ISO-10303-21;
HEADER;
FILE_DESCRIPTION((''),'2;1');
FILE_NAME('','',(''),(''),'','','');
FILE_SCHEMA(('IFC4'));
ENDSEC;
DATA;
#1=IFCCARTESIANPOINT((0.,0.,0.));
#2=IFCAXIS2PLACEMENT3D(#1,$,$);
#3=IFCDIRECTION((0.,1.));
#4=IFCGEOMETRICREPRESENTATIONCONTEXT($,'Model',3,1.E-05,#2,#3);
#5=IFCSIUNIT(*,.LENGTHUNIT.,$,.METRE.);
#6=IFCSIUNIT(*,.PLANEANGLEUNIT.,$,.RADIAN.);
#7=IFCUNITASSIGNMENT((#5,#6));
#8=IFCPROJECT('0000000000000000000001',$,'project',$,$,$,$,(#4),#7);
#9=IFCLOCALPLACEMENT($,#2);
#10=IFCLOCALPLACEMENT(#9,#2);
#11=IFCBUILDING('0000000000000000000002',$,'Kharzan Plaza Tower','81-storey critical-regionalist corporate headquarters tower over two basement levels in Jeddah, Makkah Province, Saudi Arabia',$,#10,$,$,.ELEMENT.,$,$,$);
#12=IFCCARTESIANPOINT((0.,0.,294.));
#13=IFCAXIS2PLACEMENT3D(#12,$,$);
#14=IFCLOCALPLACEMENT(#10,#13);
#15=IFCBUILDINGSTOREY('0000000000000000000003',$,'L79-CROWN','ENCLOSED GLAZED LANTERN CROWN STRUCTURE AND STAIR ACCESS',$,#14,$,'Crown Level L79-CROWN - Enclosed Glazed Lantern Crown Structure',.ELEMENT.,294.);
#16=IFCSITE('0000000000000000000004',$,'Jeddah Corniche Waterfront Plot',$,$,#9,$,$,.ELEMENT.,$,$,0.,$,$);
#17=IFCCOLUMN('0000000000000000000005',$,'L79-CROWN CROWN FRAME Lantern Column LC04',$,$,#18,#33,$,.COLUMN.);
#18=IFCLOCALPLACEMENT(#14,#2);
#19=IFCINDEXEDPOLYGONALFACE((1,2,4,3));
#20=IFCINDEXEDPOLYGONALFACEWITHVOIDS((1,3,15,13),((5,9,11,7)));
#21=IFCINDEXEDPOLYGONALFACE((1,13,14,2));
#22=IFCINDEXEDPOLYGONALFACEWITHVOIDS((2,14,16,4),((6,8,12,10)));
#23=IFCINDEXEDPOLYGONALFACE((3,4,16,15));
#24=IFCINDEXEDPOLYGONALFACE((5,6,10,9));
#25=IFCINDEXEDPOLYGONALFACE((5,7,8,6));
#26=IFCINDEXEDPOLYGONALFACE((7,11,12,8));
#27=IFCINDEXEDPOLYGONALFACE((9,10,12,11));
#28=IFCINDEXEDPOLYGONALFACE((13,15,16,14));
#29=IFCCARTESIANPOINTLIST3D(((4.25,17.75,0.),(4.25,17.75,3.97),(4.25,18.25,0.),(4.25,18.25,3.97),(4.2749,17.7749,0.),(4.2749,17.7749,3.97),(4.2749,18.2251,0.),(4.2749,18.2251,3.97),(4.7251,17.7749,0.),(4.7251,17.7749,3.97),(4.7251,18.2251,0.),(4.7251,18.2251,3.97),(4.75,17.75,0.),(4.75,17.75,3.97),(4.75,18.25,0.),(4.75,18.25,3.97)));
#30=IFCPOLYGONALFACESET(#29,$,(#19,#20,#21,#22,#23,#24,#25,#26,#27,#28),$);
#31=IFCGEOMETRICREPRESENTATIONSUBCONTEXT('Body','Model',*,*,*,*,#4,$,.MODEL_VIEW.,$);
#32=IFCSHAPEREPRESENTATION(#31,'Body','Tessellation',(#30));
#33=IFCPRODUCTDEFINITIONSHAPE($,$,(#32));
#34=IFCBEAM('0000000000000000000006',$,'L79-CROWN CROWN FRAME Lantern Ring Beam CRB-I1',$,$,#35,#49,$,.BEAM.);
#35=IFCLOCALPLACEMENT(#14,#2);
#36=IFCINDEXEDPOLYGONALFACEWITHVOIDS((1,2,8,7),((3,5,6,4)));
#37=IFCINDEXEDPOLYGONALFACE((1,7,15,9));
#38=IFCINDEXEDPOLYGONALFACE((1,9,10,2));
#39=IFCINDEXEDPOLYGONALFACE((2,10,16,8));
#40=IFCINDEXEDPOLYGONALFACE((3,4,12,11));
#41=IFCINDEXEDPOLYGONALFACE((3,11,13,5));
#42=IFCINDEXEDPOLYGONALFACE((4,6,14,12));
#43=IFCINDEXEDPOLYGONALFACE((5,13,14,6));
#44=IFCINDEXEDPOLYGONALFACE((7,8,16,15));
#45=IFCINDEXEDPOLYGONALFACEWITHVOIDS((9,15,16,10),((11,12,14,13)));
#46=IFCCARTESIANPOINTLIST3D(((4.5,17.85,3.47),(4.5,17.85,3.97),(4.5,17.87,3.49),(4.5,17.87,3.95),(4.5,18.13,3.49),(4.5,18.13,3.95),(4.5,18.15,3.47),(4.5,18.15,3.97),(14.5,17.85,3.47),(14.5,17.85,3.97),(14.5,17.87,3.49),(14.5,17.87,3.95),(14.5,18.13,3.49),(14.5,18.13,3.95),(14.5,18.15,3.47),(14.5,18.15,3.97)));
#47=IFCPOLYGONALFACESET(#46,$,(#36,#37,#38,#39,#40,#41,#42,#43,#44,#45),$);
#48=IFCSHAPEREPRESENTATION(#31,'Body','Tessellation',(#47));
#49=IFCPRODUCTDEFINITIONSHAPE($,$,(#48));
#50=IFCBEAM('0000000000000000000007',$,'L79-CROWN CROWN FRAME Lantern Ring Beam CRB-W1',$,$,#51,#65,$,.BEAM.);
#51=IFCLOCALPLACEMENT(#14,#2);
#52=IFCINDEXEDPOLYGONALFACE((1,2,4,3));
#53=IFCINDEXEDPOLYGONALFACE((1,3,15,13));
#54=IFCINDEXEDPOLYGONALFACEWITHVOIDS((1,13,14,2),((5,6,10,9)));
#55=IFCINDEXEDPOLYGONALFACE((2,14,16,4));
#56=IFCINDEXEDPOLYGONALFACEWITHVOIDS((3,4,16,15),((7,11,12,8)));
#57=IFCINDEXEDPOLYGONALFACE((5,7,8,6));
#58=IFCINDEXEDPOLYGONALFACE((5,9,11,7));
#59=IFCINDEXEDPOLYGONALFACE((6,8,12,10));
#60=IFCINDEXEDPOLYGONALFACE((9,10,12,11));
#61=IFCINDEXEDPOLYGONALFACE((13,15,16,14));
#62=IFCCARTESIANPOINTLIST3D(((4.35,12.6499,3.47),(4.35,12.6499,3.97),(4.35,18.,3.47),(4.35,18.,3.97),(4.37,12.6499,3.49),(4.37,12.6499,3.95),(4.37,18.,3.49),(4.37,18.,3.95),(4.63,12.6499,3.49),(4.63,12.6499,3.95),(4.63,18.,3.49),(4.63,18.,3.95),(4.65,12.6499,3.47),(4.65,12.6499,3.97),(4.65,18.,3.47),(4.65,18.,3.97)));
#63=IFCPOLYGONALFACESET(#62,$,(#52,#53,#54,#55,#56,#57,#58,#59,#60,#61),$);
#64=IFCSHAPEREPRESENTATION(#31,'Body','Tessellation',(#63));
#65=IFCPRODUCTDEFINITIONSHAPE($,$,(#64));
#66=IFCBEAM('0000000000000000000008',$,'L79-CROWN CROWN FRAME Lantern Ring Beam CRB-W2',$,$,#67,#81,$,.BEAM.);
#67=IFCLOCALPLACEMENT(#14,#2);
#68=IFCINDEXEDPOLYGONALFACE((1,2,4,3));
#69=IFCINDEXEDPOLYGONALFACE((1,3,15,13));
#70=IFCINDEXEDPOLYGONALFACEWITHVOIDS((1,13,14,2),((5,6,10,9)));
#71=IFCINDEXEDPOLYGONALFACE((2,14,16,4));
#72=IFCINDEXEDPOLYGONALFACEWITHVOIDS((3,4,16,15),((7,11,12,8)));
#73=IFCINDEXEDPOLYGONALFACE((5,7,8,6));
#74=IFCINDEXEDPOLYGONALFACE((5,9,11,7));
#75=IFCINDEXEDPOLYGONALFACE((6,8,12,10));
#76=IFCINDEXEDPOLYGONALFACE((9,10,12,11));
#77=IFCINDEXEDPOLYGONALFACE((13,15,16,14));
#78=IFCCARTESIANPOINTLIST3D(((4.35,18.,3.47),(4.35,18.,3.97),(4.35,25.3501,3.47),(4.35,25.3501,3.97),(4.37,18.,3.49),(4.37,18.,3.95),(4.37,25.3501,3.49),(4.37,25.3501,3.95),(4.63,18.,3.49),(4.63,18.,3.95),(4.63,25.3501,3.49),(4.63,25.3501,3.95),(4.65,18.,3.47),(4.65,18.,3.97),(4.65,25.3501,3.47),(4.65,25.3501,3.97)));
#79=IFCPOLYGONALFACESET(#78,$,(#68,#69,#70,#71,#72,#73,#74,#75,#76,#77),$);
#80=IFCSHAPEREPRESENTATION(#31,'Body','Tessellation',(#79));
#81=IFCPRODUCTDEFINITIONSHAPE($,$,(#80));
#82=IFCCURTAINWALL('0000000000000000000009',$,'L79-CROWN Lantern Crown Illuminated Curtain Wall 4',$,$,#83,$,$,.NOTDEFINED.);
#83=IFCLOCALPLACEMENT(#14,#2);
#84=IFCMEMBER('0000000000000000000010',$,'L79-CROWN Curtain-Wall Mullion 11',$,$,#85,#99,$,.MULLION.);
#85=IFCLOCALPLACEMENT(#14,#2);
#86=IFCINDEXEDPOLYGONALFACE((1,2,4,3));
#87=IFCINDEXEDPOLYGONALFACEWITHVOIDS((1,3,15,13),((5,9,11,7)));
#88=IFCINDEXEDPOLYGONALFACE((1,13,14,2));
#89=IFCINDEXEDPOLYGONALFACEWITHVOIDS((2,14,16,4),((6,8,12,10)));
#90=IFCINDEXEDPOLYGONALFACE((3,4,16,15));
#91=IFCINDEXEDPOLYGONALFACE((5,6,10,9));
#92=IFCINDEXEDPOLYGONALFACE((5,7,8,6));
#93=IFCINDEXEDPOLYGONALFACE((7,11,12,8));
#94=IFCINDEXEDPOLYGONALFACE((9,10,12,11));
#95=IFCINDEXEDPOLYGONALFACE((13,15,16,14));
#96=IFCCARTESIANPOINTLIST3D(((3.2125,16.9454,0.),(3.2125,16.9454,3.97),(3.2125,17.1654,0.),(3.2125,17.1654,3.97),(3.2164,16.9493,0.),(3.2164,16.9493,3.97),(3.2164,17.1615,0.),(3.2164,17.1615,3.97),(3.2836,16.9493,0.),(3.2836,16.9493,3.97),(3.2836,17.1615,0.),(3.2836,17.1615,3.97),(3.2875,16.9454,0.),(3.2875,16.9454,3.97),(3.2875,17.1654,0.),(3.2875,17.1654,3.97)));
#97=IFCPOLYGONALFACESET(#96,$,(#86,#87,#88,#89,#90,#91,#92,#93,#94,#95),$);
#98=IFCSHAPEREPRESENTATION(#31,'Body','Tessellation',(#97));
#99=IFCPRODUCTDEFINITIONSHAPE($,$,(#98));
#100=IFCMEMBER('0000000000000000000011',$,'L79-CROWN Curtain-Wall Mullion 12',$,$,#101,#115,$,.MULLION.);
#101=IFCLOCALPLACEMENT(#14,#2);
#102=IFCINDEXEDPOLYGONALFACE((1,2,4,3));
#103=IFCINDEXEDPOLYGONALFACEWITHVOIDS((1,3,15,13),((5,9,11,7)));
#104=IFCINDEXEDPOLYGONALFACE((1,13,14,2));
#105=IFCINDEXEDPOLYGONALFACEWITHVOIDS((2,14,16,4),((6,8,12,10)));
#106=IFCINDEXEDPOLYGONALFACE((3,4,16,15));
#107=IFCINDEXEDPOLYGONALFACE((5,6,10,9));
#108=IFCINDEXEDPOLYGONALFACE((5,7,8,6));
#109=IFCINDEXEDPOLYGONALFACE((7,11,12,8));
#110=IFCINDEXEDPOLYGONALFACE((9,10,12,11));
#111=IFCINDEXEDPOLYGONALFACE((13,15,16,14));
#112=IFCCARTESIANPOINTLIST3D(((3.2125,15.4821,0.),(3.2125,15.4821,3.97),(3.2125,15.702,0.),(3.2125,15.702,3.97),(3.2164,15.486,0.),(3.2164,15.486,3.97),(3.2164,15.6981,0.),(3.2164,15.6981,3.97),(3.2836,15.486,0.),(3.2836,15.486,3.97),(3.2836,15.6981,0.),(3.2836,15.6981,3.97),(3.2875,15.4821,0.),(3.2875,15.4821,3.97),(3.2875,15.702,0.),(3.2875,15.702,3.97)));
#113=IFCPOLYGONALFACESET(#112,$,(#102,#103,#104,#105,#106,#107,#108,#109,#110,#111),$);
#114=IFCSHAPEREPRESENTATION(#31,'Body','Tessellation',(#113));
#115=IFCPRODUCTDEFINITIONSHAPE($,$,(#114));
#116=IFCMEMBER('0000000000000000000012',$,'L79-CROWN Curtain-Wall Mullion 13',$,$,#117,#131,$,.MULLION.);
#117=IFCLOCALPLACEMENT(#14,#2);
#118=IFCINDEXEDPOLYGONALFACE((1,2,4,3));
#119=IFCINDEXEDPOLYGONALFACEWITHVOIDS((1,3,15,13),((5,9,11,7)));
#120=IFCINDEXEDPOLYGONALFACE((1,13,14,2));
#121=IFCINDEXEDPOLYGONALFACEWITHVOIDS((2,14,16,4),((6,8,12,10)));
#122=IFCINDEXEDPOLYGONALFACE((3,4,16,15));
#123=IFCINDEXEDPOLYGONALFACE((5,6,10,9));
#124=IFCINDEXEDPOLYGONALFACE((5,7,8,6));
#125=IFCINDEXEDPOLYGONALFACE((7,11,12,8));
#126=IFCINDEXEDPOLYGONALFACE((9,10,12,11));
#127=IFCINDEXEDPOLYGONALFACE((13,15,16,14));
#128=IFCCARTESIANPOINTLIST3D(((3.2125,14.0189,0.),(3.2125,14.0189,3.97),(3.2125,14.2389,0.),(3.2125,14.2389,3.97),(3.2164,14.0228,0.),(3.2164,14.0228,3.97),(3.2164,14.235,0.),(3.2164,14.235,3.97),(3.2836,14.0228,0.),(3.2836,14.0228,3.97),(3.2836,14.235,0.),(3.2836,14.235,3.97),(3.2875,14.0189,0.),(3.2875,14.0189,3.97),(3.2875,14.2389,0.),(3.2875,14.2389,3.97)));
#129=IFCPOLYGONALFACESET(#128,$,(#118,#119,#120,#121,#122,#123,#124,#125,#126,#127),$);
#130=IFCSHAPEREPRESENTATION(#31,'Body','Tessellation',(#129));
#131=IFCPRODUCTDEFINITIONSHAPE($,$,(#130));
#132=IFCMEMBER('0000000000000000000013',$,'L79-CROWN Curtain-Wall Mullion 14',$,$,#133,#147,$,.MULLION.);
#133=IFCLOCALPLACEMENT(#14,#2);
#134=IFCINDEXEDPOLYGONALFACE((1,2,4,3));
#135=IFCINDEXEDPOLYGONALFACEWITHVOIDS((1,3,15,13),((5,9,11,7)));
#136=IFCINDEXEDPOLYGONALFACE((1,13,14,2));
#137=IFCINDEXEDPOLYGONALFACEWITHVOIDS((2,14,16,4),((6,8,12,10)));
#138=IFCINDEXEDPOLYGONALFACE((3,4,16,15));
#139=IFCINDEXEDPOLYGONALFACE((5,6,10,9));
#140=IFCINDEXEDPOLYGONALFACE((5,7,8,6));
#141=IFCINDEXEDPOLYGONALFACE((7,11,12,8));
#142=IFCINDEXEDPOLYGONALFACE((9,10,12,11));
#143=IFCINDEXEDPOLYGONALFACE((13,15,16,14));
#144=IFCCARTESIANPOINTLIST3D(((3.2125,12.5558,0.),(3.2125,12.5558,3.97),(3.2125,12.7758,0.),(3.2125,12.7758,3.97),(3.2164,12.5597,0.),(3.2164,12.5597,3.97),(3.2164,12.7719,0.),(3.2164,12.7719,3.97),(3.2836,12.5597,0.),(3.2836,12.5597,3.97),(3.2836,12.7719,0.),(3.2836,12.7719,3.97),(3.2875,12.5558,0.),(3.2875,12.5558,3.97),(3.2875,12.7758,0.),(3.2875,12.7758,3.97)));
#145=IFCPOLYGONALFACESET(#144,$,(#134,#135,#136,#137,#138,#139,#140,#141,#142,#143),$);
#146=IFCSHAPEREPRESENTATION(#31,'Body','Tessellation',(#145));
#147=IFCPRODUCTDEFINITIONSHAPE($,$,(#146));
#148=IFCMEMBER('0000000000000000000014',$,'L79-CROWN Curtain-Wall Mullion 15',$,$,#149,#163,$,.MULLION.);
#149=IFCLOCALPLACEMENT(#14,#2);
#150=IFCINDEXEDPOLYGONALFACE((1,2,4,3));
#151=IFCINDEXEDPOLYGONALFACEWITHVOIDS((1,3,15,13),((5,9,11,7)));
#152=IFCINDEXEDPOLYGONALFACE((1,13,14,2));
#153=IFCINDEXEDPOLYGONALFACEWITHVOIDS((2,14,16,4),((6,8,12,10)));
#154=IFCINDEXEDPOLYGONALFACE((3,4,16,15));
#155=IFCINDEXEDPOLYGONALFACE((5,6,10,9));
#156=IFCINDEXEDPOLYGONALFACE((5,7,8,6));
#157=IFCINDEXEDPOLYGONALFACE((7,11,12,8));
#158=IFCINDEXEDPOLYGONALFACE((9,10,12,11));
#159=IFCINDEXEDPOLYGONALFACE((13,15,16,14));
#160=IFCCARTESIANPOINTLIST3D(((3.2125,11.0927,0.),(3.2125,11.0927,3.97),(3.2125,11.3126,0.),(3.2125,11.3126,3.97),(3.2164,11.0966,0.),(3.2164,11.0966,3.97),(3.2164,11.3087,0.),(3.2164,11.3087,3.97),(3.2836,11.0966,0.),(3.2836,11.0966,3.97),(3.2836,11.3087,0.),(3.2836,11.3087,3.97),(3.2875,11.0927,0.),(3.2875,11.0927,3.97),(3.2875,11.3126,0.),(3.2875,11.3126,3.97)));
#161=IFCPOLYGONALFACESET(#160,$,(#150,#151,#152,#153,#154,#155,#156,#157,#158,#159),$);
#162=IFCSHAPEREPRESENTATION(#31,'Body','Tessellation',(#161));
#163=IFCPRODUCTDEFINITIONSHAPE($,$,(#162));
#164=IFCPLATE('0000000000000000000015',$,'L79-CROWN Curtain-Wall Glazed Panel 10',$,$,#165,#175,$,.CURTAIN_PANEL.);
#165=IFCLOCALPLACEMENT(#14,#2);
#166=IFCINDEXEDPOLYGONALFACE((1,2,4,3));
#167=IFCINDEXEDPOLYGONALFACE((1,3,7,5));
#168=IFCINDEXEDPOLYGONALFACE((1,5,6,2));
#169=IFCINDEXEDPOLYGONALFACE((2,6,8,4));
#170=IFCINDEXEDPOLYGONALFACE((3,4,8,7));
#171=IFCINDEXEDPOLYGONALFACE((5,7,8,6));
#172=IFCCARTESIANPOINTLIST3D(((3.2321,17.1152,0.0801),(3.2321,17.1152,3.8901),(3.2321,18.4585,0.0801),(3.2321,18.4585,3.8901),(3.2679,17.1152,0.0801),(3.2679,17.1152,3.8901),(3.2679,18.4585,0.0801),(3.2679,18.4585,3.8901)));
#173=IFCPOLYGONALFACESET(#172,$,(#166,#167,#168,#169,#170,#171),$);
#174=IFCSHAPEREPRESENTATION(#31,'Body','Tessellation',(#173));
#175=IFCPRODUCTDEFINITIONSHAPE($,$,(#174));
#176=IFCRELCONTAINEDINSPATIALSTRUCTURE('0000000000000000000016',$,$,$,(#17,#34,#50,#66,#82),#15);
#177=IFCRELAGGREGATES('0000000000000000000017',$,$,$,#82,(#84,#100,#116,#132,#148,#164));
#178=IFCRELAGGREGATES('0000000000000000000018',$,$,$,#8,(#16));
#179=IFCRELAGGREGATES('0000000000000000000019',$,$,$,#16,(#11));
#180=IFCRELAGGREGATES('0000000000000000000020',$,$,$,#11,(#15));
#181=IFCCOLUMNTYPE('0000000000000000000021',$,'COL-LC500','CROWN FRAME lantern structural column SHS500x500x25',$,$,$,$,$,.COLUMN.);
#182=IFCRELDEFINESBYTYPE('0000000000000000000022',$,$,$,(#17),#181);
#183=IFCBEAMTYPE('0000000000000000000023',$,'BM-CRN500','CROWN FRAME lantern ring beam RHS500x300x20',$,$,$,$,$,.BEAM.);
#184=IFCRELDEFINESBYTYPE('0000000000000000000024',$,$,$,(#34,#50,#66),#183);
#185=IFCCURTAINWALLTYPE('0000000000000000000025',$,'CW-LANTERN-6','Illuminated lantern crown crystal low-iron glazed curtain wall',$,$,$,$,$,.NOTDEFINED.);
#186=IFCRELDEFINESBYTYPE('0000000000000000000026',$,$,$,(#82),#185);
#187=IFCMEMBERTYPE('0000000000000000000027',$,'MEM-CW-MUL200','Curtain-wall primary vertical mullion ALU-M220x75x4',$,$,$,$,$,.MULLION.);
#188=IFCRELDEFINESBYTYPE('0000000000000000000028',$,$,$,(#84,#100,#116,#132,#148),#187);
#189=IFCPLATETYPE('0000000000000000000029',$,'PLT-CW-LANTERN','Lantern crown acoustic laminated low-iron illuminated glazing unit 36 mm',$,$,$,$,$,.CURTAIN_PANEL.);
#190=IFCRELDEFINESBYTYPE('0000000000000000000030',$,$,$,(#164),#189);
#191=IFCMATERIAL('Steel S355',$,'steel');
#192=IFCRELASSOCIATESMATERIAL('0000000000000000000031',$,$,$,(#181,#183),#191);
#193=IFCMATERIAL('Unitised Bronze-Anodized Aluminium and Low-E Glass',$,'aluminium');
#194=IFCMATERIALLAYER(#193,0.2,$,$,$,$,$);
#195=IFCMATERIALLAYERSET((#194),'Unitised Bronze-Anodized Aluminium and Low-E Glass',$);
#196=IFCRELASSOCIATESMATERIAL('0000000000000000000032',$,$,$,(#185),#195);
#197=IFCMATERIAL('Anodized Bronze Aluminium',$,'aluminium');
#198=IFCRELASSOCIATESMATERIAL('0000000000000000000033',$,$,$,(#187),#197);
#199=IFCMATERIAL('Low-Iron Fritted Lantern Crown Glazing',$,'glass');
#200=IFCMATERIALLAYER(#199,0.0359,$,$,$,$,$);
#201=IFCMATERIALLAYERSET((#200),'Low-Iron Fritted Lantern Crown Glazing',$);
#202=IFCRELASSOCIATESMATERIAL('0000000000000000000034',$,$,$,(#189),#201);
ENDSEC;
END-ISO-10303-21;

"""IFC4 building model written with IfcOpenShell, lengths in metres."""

from ifc_helpers import new_model, si_unit, direction, frame, origin, origin_2d, place, context, subcontext, project, spatial, rectangle, hollow_rectangle, extrude, source, transform, mapped, material, layer, layer_set, material_profile, profile_set, type_object, element, aggregate, save


model = new_model("IFC4")

# Units and contexts
model_context = context("Model", 3, precision=1e-05, world=origin(), true_north=direction((0.0, 1.0)))
body_context = subcontext(model_context, "Body", "Model", "MODEL_VIEW")
ifc_project = project(units=[si_unit("LENGTHUNIT", "METRE"), si_unit("PLANEANGLEUNIT", "RADIAN")], contexts=[model_context])

# Site, building, storey
site_placement = place(None, origin())
site = spatial("IfcSite", under=ifc_project, at=site_placement, Name="Jeddah Corniche Waterfront Plot", CompositionType="ELEMENT", RefElevation=0.0)
building_placement = place(site_placement, origin())
building = spatial("IfcBuilding", under=site, at=building_placement, Name="Kharzan Plaza Tower", Description="81-storey critical-regionalist corporate headquarters tower over two basement levels in Jeddah, Makkah Province, Saudi Arabia", CompositionType="ELEMENT")
storey_placement = place(building_placement, frame((0.0, 0.0, 294.0)))
storey = spatial("IfcBuildingStorey", under=building, at=storey_placement, Name="L79-CROWN", Description="ENCLOSED GLAZED LANTERN CROWN STRUCTURE AND STAIR ACCESS", LongName="Crown Level L79-CROWN - Enclosed Glazed Lantern Crown Structure", CompositionType="ELEMENT", Elevation=294.0)

# Column
ifc_material_1 = material(Name="Steel S355", Category="steel")
ifc_material_profile_1 = material_profile(ifc_material_1, hollow_rectangle(XDim=0.5, YDim=0.5, WallThickness=0.0249, at=origin_2d()), Name="SHS500x500x25")
ifc_profile_set_1 = profile_set([ifc_material_profile_1], Name="Steel S355")
column_type = type_object("IfcColumnType", Name="COL-LC500", Description="CROWN FRAME lantern structural column SHS500x500x25", PredefinedType="COLUMN", material=ifc_profile_set_1)
shared_shape_1 = source(origin(), body_context, "Body", "SweptSolid", [
    extrude(hollow_rectangle(XDim=0.5, YDim=0.5, WallThickness=0.0249, at=origin_2d()), origin(), (0.0, 0.0, 1.0), 3.97),
])
column_placement = place(storey_placement, frame((4.5, 18.0, 0.0), z_axis=(0.0, 0.0, 1.0), x_axis=(1.0, 0.0, 0.0)))
element("IfcColumn", 1, at=column_placement, inside=storey, type_object=column_type, Name="L79-CROWN CROWN FRAME Lantern Column LC04", PredefinedType="COLUMN", context=body_context, shape_type="MappedRepresentation", body=[
    mapped(shared_shape_1, transform((0.0, 0.0, 0.0), x_axis=(1.0, 0.0, 0.0), y_axis=(0.0, 1.0, 0.0), z_axis=(0.0, 0.0, 1.0))),
])

# Beams
ifc_material_profile_2 = material_profile(ifc_material_1, hollow_rectangle(XDim=0.3, YDim=0.5, WallThickness=0.02, at=origin_2d()), Name="RHS500x300x20")
ifc_profile_set_2 = profile_set([ifc_material_profile_2], Name="Steel S355")
beam_type = type_object("IfcBeamType", Name="BM-CRN500", Description="CROWN FRAME lantern ring beam RHS500x300x20", PredefinedType="BEAM", material=ifc_profile_set_2)
shared_shape_2 = source(origin(), body_context, "Body", "SweptSolid", [
    extrude(hollow_rectangle(XDim=0.3, YDim=0.5, WallThickness=0.02, at=origin_2d()), origin(), (0.0, 0.0, 1.0), 10.0),
])
beam_1_placement = place(storey_placement, frame((4.5, 18.0, 3.72), z_axis=(1.0, 0.0, 0.0), x_axis=(0.0, 1.0, 0.0)))
element("IfcBeam", 2, at=beam_1_placement, inside=storey, type_object=beam_type, Name="L79-CROWN CROWN FRAME Lantern Ring Beam CRB-I1", PredefinedType="BEAM", context=body_context, shape_type="MappedRepresentation", body=[
    mapped(shared_shape_2, transform((0.0, 0.0, 0.0), x_axis=(1.0, 0.0, 0.0), y_axis=(0.0, 1.0, 0.0), z_axis=(0.0, 0.0, 1.0))),
])
shared_shape_3 = source(origin(), body_context, "Body", "SweptSolid", [
    extrude(hollow_rectangle(XDim=0.3, YDim=0.5, WallThickness=0.02, at=origin_2d()), origin(), (0.0, 0.0, 1.0), 5.3501),
])
beam_2_placement = place(storey_placement, frame((4.5, 12.6499, 3.72), z_axis=(0.0, 1.0, 0.0), x_axis=(-1.0, 0.0, 0.0)))
element("IfcBeam", 3, at=beam_2_placement, inside=storey, type_object=beam_type, Name="L79-CROWN CROWN FRAME Lantern Ring Beam CRB-W1", PredefinedType="BEAM", context=body_context, shape_type="MappedRepresentation", body=[
    mapped(shared_shape_3, transform((0.0, 0.0, 0.0), x_axis=(1.0, 0.0, 0.0), y_axis=(0.0, 1.0, 0.0), z_axis=(0.0, 0.0, 1.0))),
])
shared_shape_4 = source(origin(), body_context, "Body", "SweptSolid", [
    extrude(hollow_rectangle(XDim=0.3, YDim=0.5, WallThickness=0.02, at=origin_2d()), origin(), (0.0, 0.0, 1.0), 7.3501),
])
beam_3_placement = place(storey_placement, frame((4.5, 18.0, 3.72), z_axis=(0.0, 1.0, 0.0), x_axis=(-1.0, 0.0, 0.0)))
element("IfcBeam", 4, at=beam_3_placement, inside=storey, type_object=beam_type, Name="L79-CROWN CROWN FRAME Lantern Ring Beam CRB-W2", PredefinedType="BEAM", context=body_context, shape_type="MappedRepresentation", body=[
    mapped(shared_shape_4, transform((0.0, 0.0, 0.0), x_axis=(1.0, 0.0, 0.0), y_axis=(0.0, 1.0, 0.0), z_axis=(0.0, 0.0, 1.0))),
])

# Curtain wall, members, plate
ifc_material_2 = material(Name="Unitised Bronze-Anodized Aluminium and Low-E Glass", Category="aluminium")
ifc_layer_1 = layer(ifc_material_2, 0.2)
ifc_layer_set_1 = layer_set([ifc_layer_1], Name="Unitised Bronze-Anodized Aluminium and Low-E Glass")
curtain_wall_type = type_object("IfcCurtainWallType", Name="CW-LANTERN-6", Description="Illuminated lantern crown crystal low-iron glazed curtain wall", PredefinedType="NOTDEFINED", material=ifc_layer_set_1)
curtain_wall_placement = place(storey_placement, origin())
curtain_wall = element("IfcCurtainWall", 5, at=curtain_wall_placement, inside=storey, type_object=curtain_wall_type, Name="L79-CROWN Lantern Crown Illuminated Curtain Wall 4", PredefinedType="NOTDEFINED")
ifc_material_3 = material(Name="Anodized Bronze Aluminium", Category="aluminium")
ifc_material_profile_3 = material_profile(ifc_material_3, hollow_rectangle(XDim=0.075, YDim=0.22, WallThickness=0.0039, at=origin_2d()), Name="ALU-M220x75x4")
ifc_profile_set_3 = profile_set([ifc_material_profile_3], Name="Anodized Bronze Aluminium")
member_type = type_object("IfcMemberType", Name="MEM-CW-MUL200", Description="Curtain-wall primary vertical mullion ALU-M220x75x4", PredefinedType="MULLION", material=ifc_profile_set_3)
shared_shape_5 = source(origin(), body_context, "Body", "SweptSolid", [
    extrude(hollow_rectangle(XDim=0.075, YDim=0.22, WallThickness=0.0039, at=origin_2d()), origin(), (0.0, 0.0, 1.0), 3.97),
])
member_1_placement = place(storey_placement, frame((3.25, 17.0554, 0.0), z_axis=(0.0, 0.0, 1.0), x_axis=(1.0, 0.0, 0.0)))
member_1 = element("IfcMember", 6, at=member_1_placement, type_object=member_type, Name="L79-CROWN Curtain-Wall Mullion 11", PredefinedType="MULLION", context=body_context, shape_type="MappedRepresentation", body=[
    mapped(shared_shape_5, transform((0.0, 0.0, 0.0), x_axis=(1.0, 0.0, 0.0), y_axis=(0.0, 1.0, 0.0), z_axis=(0.0, 0.0, 1.0))),
])
member_2_placement = place(storey_placement, frame((3.25, 15.592, 0.0), z_axis=(0.0, 0.0, 1.0), x_axis=(1.0, 0.0, 0.0)))
member_2 = element("IfcMember", 7, at=member_2_placement, type_object=member_type, Name="L79-CROWN Curtain-Wall Mullion 12", PredefinedType="MULLION", context=body_context, shape_type="MappedRepresentation", body=[
    mapped(shared_shape_5, transform((0.0, 0.0, 0.0), x_axis=(1.0, 0.0, 0.0), y_axis=(0.0, 1.0, 0.0), z_axis=(0.0, 0.0, 1.0))),
])
member_3_placement = place(storey_placement, frame((3.25, 14.1289, 0.0), z_axis=(0.0, 0.0, 1.0), x_axis=(1.0, 0.0, 0.0)))
member_3 = element("IfcMember", 8, at=member_3_placement, type_object=member_type, Name="L79-CROWN Curtain-Wall Mullion 13", PredefinedType="MULLION", context=body_context, shape_type="MappedRepresentation", body=[
    mapped(shared_shape_5, transform((0.0, 0.0, 0.0), x_axis=(1.0, 0.0, 0.0), y_axis=(0.0, 1.0, 0.0), z_axis=(0.0, 0.0, 1.0))),
])
member_4_placement = place(storey_placement, frame((3.25, 12.6658, 0.0), z_axis=(0.0, 0.0, 1.0), x_axis=(1.0, 0.0, 0.0)))
member_4 = element("IfcMember", 9, at=member_4_placement, type_object=member_type, Name="L79-CROWN Curtain-Wall Mullion 14", PredefinedType="MULLION", context=body_context, shape_type="MappedRepresentation", body=[
    mapped(shared_shape_5, transform((0.0, 0.0, 0.0), x_axis=(1.0, 0.0, 0.0), y_axis=(0.0, 1.0, 0.0), z_axis=(0.0, 0.0, 1.0))),
])
member_5_placement = place(storey_placement, frame((3.25, 11.2026, 0.0), z_axis=(0.0, 0.0, 1.0), x_axis=(1.0, 0.0, 0.0)))
member_5 = element("IfcMember", 10, at=member_5_placement, type_object=member_type, Name="L79-CROWN Curtain-Wall Mullion 15", PredefinedType="MULLION", context=body_context, shape_type="MappedRepresentation", body=[
    mapped(shared_shape_5, transform((0.0, 0.0, 0.0), x_axis=(1.0, 0.0, 0.0), y_axis=(0.0, 1.0, 0.0), z_axis=(0.0, 0.0, 1.0))),
])
ifc_material_4 = material(Name="Low-Iron Fritted Lantern Crown Glazing", Category="glass")
ifc_layer_2 = layer(ifc_material_4, 0.0359)
ifc_layer_set_2 = layer_set([ifc_layer_2], Name="Low-Iron Fritted Lantern Crown Glazing")
plate_type = type_object("IfcPlateType", Name="PLT-CW-LANTERN", Description="Lantern crown acoustic laminated low-iron illuminated glazing unit 36 mm", PredefinedType="CURTAIN_PANEL", material=ifc_layer_set_2)
shared_shape_6 = source(origin(), body_context, "Body", "SweptSolid", [
    extrude(rectangle(XDim=1.3433, YDim=0.0359, at=origin_2d()), origin(), (0.0, 0.0, 1.0), 3.8101),
])
plate_1_placement = place(storey_placement, frame((3.25, 17.7869, 0.0801), z_axis=(0.0, 0.0, 1.0), x_axis=(0.0, -1.0, 0.0)))
plate_1 = element("IfcPlate", 11, at=plate_1_placement, type_object=plate_type, Name="L79-CROWN Curtain-Wall Glazed Panel 10", PredefinedType="CURTAIN_PANEL", context=body_context, shape_type="MappedRepresentation", body=[
    mapped(shared_shape_6, transform((0.0, 0.0, 0.0), x_axis=(1.0, 0.0, 0.0), y_axis=(0.0, 1.0, 0.0), z_axis=(0.0, 0.0, 1.0))),
])
aggregate(curtain_wall, [member_1, member_2, member_3, member_4, member_5, plate_1])

save(model, "model.ifc")
